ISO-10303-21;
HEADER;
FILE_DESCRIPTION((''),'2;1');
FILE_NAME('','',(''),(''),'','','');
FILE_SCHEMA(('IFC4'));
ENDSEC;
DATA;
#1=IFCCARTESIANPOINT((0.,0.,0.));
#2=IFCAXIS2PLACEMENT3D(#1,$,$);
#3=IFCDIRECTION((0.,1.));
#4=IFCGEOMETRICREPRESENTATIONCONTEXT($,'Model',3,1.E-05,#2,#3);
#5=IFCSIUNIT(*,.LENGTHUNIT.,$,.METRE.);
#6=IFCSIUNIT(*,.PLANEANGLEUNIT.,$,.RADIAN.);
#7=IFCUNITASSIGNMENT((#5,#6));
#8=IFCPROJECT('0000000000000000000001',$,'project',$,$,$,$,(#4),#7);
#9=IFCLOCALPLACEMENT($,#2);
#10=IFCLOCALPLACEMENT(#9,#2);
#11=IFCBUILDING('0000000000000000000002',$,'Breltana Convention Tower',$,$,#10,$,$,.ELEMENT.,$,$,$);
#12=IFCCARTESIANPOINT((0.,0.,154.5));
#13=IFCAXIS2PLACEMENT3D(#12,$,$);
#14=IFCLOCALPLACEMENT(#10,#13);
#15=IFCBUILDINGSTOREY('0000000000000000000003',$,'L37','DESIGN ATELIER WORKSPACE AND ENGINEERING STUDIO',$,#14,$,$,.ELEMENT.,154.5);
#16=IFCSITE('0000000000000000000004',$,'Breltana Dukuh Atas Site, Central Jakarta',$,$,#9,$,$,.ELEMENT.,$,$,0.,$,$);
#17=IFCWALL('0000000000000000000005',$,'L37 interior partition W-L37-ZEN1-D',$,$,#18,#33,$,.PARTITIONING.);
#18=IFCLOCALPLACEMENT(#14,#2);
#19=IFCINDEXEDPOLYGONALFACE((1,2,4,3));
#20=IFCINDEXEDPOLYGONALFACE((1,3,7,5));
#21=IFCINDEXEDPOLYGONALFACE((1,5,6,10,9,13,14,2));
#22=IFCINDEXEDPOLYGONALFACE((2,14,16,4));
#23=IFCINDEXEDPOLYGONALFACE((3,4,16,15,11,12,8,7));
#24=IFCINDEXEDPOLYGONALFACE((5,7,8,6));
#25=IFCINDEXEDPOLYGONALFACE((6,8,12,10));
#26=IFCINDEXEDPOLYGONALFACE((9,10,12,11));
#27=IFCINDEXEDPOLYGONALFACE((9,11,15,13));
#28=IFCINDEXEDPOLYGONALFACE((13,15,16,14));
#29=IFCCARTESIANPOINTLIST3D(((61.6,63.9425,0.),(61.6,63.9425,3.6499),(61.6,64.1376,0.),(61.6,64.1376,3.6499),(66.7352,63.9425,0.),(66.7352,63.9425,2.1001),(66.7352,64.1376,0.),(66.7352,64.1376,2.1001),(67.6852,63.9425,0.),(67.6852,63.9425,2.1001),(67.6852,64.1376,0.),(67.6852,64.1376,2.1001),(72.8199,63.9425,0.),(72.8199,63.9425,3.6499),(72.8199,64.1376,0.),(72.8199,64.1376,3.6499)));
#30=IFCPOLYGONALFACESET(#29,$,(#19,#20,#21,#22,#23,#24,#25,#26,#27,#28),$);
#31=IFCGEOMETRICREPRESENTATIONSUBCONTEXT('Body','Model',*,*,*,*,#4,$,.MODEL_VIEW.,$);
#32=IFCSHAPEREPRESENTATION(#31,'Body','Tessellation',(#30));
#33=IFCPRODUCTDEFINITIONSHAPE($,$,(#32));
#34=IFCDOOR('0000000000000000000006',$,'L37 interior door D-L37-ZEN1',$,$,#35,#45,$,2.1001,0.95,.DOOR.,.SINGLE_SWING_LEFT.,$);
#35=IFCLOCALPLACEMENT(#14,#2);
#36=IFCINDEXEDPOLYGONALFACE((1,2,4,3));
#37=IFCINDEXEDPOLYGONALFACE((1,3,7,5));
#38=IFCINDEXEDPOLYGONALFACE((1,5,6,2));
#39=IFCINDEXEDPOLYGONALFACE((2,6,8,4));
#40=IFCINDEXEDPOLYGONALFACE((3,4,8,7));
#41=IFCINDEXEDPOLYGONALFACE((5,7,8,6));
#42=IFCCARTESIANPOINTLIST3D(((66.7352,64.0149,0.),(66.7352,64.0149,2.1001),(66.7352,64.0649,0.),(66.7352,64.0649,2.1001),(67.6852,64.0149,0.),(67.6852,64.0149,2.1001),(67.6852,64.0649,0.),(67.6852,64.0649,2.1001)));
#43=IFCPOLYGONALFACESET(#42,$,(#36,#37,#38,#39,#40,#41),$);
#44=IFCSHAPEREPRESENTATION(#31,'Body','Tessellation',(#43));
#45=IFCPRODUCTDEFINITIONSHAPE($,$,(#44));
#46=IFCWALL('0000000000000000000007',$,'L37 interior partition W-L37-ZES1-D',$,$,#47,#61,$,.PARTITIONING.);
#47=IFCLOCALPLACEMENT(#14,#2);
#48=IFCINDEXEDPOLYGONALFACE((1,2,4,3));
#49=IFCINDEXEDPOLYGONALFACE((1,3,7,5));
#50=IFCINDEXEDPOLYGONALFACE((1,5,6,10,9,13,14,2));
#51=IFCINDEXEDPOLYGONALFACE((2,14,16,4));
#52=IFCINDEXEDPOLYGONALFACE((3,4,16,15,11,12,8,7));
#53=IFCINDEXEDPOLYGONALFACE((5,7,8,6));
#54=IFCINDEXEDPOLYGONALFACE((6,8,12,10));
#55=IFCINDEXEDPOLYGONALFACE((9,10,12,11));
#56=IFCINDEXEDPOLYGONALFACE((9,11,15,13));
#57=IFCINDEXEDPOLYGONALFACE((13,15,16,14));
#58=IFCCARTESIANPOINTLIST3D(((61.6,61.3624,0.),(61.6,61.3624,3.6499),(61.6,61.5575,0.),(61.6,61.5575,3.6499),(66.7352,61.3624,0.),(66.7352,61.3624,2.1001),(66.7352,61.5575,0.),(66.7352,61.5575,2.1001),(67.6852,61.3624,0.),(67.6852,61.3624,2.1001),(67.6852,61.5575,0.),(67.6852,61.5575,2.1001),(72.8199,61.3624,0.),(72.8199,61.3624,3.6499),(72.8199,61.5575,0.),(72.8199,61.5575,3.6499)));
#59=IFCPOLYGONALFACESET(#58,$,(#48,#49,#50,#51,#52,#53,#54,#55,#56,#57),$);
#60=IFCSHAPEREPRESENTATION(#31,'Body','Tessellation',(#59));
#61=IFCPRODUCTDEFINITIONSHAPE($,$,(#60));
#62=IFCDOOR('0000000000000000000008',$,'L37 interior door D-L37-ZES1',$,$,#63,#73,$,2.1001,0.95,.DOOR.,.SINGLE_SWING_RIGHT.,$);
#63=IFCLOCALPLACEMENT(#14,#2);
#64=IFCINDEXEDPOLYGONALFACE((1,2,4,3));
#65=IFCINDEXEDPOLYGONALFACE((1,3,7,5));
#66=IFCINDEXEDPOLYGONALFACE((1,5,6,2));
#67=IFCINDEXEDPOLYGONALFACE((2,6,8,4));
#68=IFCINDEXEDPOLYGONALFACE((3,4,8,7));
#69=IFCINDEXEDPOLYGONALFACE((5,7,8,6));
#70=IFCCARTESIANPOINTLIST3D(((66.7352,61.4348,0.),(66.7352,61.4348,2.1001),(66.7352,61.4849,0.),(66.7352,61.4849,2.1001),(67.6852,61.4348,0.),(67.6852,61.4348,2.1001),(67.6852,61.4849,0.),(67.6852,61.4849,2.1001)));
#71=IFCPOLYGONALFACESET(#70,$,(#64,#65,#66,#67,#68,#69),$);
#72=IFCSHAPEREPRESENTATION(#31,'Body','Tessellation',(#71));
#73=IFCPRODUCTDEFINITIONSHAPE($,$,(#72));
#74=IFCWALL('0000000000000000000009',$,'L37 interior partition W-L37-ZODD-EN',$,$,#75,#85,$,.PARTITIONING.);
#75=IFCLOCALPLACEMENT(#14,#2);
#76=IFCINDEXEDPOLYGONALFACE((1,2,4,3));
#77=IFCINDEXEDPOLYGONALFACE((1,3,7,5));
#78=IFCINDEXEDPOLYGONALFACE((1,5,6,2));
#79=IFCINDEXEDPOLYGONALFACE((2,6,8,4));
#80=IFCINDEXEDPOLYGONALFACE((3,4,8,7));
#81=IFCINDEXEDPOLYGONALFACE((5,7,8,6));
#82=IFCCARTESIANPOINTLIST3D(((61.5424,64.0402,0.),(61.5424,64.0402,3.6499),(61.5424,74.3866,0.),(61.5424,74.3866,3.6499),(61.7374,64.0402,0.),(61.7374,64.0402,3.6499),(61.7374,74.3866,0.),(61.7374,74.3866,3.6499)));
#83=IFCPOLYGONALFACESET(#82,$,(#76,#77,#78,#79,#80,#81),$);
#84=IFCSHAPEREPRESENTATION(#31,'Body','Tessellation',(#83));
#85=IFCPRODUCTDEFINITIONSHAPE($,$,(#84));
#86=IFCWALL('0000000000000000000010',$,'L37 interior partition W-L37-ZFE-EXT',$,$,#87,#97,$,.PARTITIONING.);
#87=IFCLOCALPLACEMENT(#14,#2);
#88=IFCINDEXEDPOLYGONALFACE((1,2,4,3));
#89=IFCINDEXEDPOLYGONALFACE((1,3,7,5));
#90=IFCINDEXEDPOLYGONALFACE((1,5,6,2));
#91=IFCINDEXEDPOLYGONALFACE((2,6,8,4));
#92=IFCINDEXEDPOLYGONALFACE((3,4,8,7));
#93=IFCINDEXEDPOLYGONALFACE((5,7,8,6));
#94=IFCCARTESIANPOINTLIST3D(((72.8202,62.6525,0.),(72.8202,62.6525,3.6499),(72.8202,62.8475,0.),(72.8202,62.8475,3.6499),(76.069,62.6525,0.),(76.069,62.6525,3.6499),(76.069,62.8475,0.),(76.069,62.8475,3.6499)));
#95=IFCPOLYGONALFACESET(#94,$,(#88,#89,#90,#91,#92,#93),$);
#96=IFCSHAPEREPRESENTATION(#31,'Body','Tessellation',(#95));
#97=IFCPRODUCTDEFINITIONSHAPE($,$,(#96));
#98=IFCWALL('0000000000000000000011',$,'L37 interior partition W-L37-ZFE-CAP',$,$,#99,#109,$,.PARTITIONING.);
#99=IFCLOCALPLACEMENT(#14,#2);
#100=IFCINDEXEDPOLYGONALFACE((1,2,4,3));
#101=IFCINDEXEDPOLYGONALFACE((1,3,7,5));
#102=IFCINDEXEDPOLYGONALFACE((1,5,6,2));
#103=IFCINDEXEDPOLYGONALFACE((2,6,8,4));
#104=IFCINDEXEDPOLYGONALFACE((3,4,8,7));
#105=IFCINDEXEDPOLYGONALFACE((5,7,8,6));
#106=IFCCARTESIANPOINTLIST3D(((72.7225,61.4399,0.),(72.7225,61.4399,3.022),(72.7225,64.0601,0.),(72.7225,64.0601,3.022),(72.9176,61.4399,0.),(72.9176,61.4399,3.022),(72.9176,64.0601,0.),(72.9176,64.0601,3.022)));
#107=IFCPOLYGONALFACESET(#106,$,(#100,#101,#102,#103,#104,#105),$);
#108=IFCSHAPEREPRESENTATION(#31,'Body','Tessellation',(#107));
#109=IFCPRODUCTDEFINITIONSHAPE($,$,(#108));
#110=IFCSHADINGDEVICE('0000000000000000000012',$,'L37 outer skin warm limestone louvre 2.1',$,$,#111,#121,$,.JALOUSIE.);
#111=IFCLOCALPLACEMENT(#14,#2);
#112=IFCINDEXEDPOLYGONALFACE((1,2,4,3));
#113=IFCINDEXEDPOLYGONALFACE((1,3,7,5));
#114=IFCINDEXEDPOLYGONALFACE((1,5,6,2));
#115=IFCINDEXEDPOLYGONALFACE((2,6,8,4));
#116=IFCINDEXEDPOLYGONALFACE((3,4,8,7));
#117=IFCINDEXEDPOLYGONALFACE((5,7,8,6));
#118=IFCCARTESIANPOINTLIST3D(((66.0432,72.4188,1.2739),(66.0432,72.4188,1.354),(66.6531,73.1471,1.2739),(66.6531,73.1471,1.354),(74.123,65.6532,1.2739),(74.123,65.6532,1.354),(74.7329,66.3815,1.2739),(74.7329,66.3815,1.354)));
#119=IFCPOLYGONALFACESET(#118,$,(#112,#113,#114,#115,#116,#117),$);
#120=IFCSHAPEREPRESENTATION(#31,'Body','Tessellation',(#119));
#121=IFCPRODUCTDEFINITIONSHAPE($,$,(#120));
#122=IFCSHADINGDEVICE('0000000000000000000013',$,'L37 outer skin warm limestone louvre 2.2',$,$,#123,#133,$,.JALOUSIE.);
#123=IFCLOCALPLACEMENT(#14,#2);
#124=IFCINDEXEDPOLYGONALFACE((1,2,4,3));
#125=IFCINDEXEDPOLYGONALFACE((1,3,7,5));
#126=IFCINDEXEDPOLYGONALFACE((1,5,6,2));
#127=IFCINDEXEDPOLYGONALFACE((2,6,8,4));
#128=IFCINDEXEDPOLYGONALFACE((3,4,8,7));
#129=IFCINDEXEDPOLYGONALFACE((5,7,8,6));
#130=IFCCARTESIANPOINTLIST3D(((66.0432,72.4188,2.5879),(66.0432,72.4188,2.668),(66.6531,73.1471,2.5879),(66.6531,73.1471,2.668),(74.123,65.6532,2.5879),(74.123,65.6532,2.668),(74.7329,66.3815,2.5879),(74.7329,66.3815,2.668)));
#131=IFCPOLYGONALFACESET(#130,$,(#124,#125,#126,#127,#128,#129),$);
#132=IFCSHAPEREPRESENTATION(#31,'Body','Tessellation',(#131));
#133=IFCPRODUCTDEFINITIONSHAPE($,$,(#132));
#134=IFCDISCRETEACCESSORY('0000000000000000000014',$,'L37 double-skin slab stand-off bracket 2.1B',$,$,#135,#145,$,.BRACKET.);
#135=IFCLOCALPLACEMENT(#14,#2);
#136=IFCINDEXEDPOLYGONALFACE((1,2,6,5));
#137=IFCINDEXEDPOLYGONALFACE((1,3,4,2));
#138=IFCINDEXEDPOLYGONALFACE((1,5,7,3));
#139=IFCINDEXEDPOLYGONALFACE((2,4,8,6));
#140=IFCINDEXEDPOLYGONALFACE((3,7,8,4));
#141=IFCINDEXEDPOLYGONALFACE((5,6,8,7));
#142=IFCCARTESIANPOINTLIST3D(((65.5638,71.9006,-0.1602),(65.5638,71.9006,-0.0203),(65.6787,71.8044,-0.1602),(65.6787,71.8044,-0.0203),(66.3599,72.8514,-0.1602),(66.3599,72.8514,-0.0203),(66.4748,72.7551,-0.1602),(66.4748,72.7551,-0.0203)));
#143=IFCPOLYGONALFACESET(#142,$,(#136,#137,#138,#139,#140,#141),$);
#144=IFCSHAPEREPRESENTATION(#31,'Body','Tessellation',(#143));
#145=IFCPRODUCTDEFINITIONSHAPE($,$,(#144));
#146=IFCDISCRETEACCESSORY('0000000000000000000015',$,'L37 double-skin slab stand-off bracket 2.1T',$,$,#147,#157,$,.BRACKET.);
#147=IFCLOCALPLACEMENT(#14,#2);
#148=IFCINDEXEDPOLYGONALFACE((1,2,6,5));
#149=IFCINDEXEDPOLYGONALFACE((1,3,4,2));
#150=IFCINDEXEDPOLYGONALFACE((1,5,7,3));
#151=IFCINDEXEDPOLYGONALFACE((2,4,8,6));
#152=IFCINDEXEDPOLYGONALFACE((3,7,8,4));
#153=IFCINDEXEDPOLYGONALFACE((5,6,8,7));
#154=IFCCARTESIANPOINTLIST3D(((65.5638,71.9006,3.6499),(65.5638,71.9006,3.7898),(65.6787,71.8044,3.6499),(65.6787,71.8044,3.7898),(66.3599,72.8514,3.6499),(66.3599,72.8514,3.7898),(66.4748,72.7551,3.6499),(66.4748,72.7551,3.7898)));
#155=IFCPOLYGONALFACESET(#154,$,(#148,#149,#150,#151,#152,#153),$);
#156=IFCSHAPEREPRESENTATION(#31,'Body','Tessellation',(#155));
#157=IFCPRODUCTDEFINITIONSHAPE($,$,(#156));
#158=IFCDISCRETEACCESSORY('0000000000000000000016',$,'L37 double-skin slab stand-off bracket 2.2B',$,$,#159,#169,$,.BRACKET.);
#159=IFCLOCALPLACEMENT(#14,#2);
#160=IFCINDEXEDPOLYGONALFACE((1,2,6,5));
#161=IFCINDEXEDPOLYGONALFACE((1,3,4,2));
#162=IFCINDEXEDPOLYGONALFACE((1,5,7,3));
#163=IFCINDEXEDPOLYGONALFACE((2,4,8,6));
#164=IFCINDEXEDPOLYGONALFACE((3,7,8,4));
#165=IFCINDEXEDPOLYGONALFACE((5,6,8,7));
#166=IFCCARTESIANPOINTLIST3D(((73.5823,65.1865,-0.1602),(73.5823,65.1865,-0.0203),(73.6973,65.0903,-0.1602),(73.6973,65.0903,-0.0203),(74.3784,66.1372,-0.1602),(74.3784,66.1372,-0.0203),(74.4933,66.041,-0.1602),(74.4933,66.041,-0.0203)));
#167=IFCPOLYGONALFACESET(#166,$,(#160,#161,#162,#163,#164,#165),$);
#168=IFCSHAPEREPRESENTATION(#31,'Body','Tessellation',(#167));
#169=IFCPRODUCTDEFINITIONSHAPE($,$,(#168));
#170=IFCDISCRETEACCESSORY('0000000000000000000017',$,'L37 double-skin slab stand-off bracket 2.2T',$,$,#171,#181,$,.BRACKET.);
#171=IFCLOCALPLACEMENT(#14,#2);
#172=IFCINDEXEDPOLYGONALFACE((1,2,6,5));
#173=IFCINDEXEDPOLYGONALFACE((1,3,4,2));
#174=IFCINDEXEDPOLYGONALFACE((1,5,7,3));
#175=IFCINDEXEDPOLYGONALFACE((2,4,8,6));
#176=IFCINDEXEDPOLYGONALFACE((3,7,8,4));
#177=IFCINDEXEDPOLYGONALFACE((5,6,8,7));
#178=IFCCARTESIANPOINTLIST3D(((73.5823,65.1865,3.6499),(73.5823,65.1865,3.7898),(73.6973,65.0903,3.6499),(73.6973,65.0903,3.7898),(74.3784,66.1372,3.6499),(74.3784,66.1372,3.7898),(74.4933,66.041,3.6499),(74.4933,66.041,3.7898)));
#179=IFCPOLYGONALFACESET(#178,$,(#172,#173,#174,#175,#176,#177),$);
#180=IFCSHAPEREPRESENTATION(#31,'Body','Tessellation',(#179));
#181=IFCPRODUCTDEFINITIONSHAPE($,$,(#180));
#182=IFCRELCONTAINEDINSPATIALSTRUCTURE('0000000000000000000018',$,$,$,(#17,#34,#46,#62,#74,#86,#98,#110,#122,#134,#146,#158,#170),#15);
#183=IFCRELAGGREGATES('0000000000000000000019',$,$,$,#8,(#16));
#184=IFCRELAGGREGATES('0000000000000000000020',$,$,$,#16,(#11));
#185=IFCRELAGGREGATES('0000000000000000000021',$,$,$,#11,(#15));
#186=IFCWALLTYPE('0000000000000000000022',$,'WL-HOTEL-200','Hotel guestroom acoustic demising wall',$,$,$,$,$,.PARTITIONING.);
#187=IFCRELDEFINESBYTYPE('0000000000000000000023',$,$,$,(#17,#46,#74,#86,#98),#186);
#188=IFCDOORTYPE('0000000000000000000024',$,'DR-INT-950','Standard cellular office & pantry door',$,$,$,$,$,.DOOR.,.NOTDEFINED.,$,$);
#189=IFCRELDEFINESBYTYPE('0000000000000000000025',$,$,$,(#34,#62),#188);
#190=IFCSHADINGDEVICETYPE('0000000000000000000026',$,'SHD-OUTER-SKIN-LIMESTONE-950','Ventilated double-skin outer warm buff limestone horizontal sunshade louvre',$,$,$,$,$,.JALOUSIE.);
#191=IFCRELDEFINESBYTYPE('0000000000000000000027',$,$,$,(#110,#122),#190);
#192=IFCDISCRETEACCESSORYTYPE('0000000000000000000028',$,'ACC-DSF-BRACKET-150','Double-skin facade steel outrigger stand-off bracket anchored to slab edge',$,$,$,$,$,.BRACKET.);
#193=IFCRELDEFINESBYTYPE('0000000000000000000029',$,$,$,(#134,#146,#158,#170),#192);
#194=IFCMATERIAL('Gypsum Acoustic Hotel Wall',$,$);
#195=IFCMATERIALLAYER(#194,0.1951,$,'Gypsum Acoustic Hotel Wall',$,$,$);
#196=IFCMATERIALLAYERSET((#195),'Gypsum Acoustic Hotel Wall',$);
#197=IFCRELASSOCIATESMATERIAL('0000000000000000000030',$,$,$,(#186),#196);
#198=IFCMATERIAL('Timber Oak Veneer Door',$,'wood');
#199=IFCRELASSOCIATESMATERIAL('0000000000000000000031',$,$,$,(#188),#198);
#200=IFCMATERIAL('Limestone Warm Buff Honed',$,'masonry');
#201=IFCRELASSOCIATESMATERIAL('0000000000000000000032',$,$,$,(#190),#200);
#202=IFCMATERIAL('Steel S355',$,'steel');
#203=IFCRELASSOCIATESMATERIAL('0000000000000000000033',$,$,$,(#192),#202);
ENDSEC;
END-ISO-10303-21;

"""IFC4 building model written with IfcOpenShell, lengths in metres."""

from ifc_helpers import new_model, si_unit, direction, frame, frame_2d, origin, origin_2d, place, context, subcontext, project, spatial, rectangle, extrude, source, transform, mapped, material, layer, layer_set, material_profile, profile_set, type_object, type_shapes, element, fill, save


model = new_model("IFC4")

# Units and contexts
model_context = context("Model", 3, precision=1e-05, world=origin(), true_north=direction((0.0, 1.0)))
body_context = subcontext(model_context, "Body", "Model", "MODEL_VIEW")
ifc_project = project(units=[si_unit("LENGTHUNIT", "METRE"), si_unit("PLANEANGLEUNIT", "RADIAN")], contexts=[model_context])

# Site, building, storey
site_placement = place(None, origin())
site = spatial("IfcSite", under=ifc_project, at=site_placement, Name="Breltana Dukuh Atas Site, Central Jakarta", CompositionType="ELEMENT", RefElevation=0.0)
building_placement = place(site_placement, origin())
building = spatial("IfcBuilding", under=site, at=building_placement, Name="Breltana Convention Tower", CompositionType="ELEMENT")
storey_placement = place(building_placement, frame((0.0, 0.0, 154.5)))
storey = spatial("IfcBuildingStorey", under=building, at=storey_placement, Name="L37", Description="DESIGN ATELIER WORKSPACE AND ENGINEERING STUDIO", CompositionType="ELEMENT", Elevation=154.5)

# Walls, openings, doors
ifc_material_1 = material(Name="Gypsum Acoustic Hotel Wall")
ifc_layer_1 = layer(ifc_material_1, 0.1951, Name="Gypsum Acoustic Hotel Wall")
ifc_layer_set_1 = layer_set([ifc_layer_1], Name="Gypsum Acoustic Hotel Wall")
wall_type_1 = type_object("IfcWallType", Name="WL-HOTEL-200", Description="Hotel guestroom acoustic demising wall", PredefinedType="PARTITIONING", material=ifc_layer_set_1)
shared_shape_1 = source(origin(), body_context, "Body", "SweptSolid", [
    extrude(rectangle(XDim=11.22, YDim=0.1951, at=frame_2d((5.6099, 0.0))), origin(), (0.0, 0.0, 1.0), 3.6499),
])
wall_1_placement = place(storey_placement, frame((61.6001, 64.04, 0.0), z_axis=(0.0, 0.0, 1.0), x_axis=(1.0, 0.0, 0.0)))
wall_1 = element("IfcWall", 1, at=wall_1_placement, inside=storey, type_object=wall_type_1, Name="L37 interior partition W-L37-ZEN1-D", PredefinedType="PARTITIONING", context=body_context, shape_type="MappedRepresentation", body=[
    mapped(shared_shape_1, transform((0.0, 0.0, 0.0), scale=1.0)),
])
opening_1_placement = place(wall_1_placement, frame((5.135, 0.0, 0.0)))
opening_1 = element("IfcOpeningElement", 2, at=opening_1_placement, cuts=wall_1, PredefinedType="OPENING", context=body_context, shape_type="SweptSolid", body=[
    extrude(rectangle(XDim=0.95, YDim=2.1001, at=frame_2d((0.4751, 1.05))), frame((0.0, 0.1074, 0.0), z_axis=(0.0, -1.0, 0.0), x_axis=(1.0, 0.0, 0.0)), (0.0, 0.0, 1.0), 0.2151),
])
ifc_material_2 = material(Name="Timber Oak Veneer Door", Category="wood")
door_type = type_object("IfcDoorType", Name="DR-INT-950", Description="Standard cellular office & pantry door", OperationType="NOTDEFINED", PredefinedType="DOOR", material=ifc_material_2)
shared_shape_2 = source(origin(), body_context, "Body", "SweptSolid", [
    extrude(rectangle(XDim=0.95, YDim=2.1001, at=frame_2d((0.4751, 1.05))), frame((0.0, 0.0249, 0.0), z_axis=(0.0, -1.0, 0.0), x_axis=(1.0, 0.0, 0.0)), (0.0, 0.0, 1.0), 0.05),
])
type_shapes(door_type, [shared_shape_2])
door_1_placement = place(opening_1_placement, origin())
door_1 = element("IfcDoor", 3, at=door_1_placement, inside=storey, type_object=door_type, Name="L37 interior door D-L37-ZEN1", OperationType="SINGLE_SWING_LEFT", OverallHeight=2.1001, OverallWidth=0.95, PredefinedType="DOOR", context=body_context, shape_type="MappedRepresentation", body=[
    mapped(shared_shape_2, transform((0.0, 0.0, 0.0), scale=1.0)),
])
fill(opening_1, door_1)
wall_2_placement = place(storey_placement, frame((61.6001, 61.46, 0.0), z_axis=(0.0, 0.0, 1.0), x_axis=(1.0, 0.0, 0.0)))
wall_2 = element("IfcWall", 4, at=wall_2_placement, inside=storey, type_object=wall_type_1, Name="L37 interior partition W-L37-ZES1-D", PredefinedType="PARTITIONING", context=body_context, shape_type="MappedRepresentation", body=[
    mapped(shared_shape_1, transform((0.0, 0.0, 0.0), scale=1.0)),
])
opening_2_placement = place(wall_2_placement, frame((5.135, 0.0, 0.0)))
opening_2 = element("IfcOpeningElement", 5, at=opening_2_placement, cuts=wall_2, PredefinedType="OPENING", context=body_context, shape_type="SweptSolid", body=[
    extrude(rectangle(XDim=0.95, YDim=2.1001, at=frame_2d((0.4751, 1.05))), frame((0.0, 0.1074, 0.0), z_axis=(0.0, -1.0, 0.0), x_axis=(1.0, 0.0, 0.0)), (0.0, 0.0, 1.0), 0.2151),
])
door_2_placement = place(opening_2_placement, origin())
door_2 = element("IfcDoor", 6, at=door_2_placement, inside=storey, type_object=door_type, Name="L37 interior door D-L37-ZES1", OperationType="SINGLE_SWING_RIGHT", OverallHeight=2.1001, OverallWidth=0.95, PredefinedType="DOOR", context=body_context, shape_type="MappedRepresentation", body=[
    mapped(shared_shape_2, transform((0.0, 0.0, 0.0), scale=1.0)),
])
fill(opening_2, door_2)

# Walls
shared_shape_3 = source(origin(), body_context, "Body", "SweptSolid", [
    extrude(rectangle(XDim=10.3464, YDim=0.1951, at=frame_2d((5.1733, 0.0))), origin(), (0.0, 0.0, 1.0), 3.6499),
])
wall_3_placement = place(storey_placement, frame((61.6399, 64.04, 0.0), z_axis=(0.0, 0.0, 1.0), x_axis=(0.0, 1.0, 0.0)))
element("IfcWall", 7, at=wall_3_placement, inside=storey, type_object=wall_type_1, Name="L37 interior partition W-L37-ZODD-EN", PredefinedType="PARTITIONING", context=body_context, shape_type="MappedRepresentation", body=[
    mapped(shared_shape_3, transform((0.0, 0.0, 0.0), scale=1.0)),
])
shared_shape_4 = source(origin(), body_context, "Body", "SweptSolid", [
    extrude(rectangle(XDim=3.2488, YDim=0.1951, at=frame_2d((1.6245, 0.0))), origin(), (0.0, 0.0, 1.0), 3.6499),
])
wall_4_placement = place(storey_placement, frame((72.8201, 62.75, 0.0), z_axis=(0.0, 0.0, 1.0), x_axis=(1.0, 0.0, 0.0)))
element("IfcWall", 8, at=wall_4_placement, inside=storey, type_object=wall_type_1, Name="L37 interior partition W-L37-ZFE-EXT", PredefinedType="PARTITIONING", context=body_context, shape_type="MappedRepresentation", body=[
    mapped(shared_shape_4, transform((0.0, 0.0, 0.0), scale=1.0)),
])
shared_shape_5 = source(origin(), body_context, "Body", "SweptSolid", [
    extrude(rectangle(XDim=2.6201, YDim=0.1951, at=frame_2d((1.3101, 0.0))), origin(), (0.0, 0.0, 1.0), 3.022),
])
wall_5_placement = place(storey_placement, frame((72.8201, 61.4399, 0.0), z_axis=(0.0, 0.0, 1.0), x_axis=(0.0, 1.0, 0.0)))
element("IfcWall", 9, at=wall_5_placement, inside=storey, type_object=wall_type_1, Name="L37 interior partition W-L37-ZFE-CAP", PredefinedType="PARTITIONING", context=body_context, shape_type="MappedRepresentation", body=[
    mapped(shared_shape_5, transform((0.0, 0.0, 0.0), scale=1.0)),
])

# Shading devices
ifc_material_3 = material(Name="Limestone Warm Buff Honed", Category="masonry")
ifc_material_profile_1 = material_profile(ifc_material_3, rectangle(XDim=0.95, YDim=0.0801, at=origin_2d()), Name="STN-LVR-950X80")
ifc_profile_set_1 = profile_set([ifc_material_profile_1], Name="Limestone Warm Buff Honed")
shading_device_type = type_object("IfcShadingDeviceType", Name="SHD-OUTER-SKIN-LIMESTONE-950", Description="Ventilated double-skin outer warm buff limestone horizontal sunshade louvre", PredefinedType="JALOUSIE", material=ifc_profile_set_1)
shared_shape_6 = source(origin(), body_context, "Body", "SweptSolid", [
    extrude(rectangle(XDim=0.95, YDim=0.0801, at=origin_2d()), origin(), (0.0, 0.0, 1.0), 10.5383),
])
for number, where, z_axis, x_axis, name in (
    (10, (66.3481, 72.783, 1.314), (0.766706, -0.641999, 0.0), (0.641999, 0.766706, 0.0), "L37 outer skin warm limestone louvre 2.1"),
    (11, (66.3481, 72.783, 2.6279), (0.766706, -0.641999, 0.0), (0.641999, 0.766706, 0.0), "L37 outer skin warm limestone louvre 2.2"),
):
    element("IfcShadingDevice", number, at=place(storey_placement, frame(where, z_axis=z_axis, x_axis=x_axis)), inside=storey, type_object=shading_device_type, Name=name, PredefinedType="JALOUSIE", context=body_context, shape_type="MappedRepresentation", body=[
        mapped(shared_shape_6, transform((0.0, 0.0, 0.0), scale=1.0)),
    ])

# Discrete accessories
ifc_material_4 = material(Name="Steel S355", Category="steel")
discrete_accessory_type_1 = type_object("IfcDiscreteAccessoryType", Name="ACC-DSF-BRACKET-150", Description="Double-skin facade steel outrigger stand-off bracket anchored to slab edge", PredefinedType="BRACKET", material=ifc_material_4)
shared_shape_7 = source(origin(), body_context, "Body", "SweptSolid", [
    extrude(rectangle(XDim=1.24, YDim=0.1499, at=origin_2d()), origin(), (0.0, 0.0, 1.0), 0.1399),
])
type_shapes(discrete_accessory_type_1, [shared_shape_7])
for number, where, z_axis, x_axis, name in (
    (12, (66.0193, 72.3279, -0.1602), (0.0, 0.0, 1.0), (0.641989, 0.766714, 0.0), "L37 double-skin slab stand-off bracket 2.1B"),
    (13, (66.0193, 72.3279, 3.6499), (0.0, 0.0, 1.0), (0.641989, 0.766714, 0.0), "L37 double-skin slab stand-off bracket 2.1T"),
    (14, (74.0378, 65.6138, -0.1602), (0.0, 0.0, 1.0), (0.641989, 0.766714, 0.0), "L37 double-skin slab stand-off bracket 2.2B"),
    (15, (74.0378, 65.6138, 3.6499), (0.0, 0.0, 1.0), (0.641989, 0.766714, 0.0), "L37 double-skin slab stand-off bracket 2.2T"),
):
    element("IfcDiscreteAccessory", number, at=place(storey_placement, frame(where, z_axis=z_axis, x_axis=x_axis)), inside=storey, type_object=discrete_accessory_type_1, Name=name, PredefinedType="BRACKET", context=body_context, shape_type="MappedRepresentation", body=[
        mapped(shared_shape_7, transform((0.0, 0.0, 0.0), scale=1.0)),
    ])

save(model, "model.ifc")
